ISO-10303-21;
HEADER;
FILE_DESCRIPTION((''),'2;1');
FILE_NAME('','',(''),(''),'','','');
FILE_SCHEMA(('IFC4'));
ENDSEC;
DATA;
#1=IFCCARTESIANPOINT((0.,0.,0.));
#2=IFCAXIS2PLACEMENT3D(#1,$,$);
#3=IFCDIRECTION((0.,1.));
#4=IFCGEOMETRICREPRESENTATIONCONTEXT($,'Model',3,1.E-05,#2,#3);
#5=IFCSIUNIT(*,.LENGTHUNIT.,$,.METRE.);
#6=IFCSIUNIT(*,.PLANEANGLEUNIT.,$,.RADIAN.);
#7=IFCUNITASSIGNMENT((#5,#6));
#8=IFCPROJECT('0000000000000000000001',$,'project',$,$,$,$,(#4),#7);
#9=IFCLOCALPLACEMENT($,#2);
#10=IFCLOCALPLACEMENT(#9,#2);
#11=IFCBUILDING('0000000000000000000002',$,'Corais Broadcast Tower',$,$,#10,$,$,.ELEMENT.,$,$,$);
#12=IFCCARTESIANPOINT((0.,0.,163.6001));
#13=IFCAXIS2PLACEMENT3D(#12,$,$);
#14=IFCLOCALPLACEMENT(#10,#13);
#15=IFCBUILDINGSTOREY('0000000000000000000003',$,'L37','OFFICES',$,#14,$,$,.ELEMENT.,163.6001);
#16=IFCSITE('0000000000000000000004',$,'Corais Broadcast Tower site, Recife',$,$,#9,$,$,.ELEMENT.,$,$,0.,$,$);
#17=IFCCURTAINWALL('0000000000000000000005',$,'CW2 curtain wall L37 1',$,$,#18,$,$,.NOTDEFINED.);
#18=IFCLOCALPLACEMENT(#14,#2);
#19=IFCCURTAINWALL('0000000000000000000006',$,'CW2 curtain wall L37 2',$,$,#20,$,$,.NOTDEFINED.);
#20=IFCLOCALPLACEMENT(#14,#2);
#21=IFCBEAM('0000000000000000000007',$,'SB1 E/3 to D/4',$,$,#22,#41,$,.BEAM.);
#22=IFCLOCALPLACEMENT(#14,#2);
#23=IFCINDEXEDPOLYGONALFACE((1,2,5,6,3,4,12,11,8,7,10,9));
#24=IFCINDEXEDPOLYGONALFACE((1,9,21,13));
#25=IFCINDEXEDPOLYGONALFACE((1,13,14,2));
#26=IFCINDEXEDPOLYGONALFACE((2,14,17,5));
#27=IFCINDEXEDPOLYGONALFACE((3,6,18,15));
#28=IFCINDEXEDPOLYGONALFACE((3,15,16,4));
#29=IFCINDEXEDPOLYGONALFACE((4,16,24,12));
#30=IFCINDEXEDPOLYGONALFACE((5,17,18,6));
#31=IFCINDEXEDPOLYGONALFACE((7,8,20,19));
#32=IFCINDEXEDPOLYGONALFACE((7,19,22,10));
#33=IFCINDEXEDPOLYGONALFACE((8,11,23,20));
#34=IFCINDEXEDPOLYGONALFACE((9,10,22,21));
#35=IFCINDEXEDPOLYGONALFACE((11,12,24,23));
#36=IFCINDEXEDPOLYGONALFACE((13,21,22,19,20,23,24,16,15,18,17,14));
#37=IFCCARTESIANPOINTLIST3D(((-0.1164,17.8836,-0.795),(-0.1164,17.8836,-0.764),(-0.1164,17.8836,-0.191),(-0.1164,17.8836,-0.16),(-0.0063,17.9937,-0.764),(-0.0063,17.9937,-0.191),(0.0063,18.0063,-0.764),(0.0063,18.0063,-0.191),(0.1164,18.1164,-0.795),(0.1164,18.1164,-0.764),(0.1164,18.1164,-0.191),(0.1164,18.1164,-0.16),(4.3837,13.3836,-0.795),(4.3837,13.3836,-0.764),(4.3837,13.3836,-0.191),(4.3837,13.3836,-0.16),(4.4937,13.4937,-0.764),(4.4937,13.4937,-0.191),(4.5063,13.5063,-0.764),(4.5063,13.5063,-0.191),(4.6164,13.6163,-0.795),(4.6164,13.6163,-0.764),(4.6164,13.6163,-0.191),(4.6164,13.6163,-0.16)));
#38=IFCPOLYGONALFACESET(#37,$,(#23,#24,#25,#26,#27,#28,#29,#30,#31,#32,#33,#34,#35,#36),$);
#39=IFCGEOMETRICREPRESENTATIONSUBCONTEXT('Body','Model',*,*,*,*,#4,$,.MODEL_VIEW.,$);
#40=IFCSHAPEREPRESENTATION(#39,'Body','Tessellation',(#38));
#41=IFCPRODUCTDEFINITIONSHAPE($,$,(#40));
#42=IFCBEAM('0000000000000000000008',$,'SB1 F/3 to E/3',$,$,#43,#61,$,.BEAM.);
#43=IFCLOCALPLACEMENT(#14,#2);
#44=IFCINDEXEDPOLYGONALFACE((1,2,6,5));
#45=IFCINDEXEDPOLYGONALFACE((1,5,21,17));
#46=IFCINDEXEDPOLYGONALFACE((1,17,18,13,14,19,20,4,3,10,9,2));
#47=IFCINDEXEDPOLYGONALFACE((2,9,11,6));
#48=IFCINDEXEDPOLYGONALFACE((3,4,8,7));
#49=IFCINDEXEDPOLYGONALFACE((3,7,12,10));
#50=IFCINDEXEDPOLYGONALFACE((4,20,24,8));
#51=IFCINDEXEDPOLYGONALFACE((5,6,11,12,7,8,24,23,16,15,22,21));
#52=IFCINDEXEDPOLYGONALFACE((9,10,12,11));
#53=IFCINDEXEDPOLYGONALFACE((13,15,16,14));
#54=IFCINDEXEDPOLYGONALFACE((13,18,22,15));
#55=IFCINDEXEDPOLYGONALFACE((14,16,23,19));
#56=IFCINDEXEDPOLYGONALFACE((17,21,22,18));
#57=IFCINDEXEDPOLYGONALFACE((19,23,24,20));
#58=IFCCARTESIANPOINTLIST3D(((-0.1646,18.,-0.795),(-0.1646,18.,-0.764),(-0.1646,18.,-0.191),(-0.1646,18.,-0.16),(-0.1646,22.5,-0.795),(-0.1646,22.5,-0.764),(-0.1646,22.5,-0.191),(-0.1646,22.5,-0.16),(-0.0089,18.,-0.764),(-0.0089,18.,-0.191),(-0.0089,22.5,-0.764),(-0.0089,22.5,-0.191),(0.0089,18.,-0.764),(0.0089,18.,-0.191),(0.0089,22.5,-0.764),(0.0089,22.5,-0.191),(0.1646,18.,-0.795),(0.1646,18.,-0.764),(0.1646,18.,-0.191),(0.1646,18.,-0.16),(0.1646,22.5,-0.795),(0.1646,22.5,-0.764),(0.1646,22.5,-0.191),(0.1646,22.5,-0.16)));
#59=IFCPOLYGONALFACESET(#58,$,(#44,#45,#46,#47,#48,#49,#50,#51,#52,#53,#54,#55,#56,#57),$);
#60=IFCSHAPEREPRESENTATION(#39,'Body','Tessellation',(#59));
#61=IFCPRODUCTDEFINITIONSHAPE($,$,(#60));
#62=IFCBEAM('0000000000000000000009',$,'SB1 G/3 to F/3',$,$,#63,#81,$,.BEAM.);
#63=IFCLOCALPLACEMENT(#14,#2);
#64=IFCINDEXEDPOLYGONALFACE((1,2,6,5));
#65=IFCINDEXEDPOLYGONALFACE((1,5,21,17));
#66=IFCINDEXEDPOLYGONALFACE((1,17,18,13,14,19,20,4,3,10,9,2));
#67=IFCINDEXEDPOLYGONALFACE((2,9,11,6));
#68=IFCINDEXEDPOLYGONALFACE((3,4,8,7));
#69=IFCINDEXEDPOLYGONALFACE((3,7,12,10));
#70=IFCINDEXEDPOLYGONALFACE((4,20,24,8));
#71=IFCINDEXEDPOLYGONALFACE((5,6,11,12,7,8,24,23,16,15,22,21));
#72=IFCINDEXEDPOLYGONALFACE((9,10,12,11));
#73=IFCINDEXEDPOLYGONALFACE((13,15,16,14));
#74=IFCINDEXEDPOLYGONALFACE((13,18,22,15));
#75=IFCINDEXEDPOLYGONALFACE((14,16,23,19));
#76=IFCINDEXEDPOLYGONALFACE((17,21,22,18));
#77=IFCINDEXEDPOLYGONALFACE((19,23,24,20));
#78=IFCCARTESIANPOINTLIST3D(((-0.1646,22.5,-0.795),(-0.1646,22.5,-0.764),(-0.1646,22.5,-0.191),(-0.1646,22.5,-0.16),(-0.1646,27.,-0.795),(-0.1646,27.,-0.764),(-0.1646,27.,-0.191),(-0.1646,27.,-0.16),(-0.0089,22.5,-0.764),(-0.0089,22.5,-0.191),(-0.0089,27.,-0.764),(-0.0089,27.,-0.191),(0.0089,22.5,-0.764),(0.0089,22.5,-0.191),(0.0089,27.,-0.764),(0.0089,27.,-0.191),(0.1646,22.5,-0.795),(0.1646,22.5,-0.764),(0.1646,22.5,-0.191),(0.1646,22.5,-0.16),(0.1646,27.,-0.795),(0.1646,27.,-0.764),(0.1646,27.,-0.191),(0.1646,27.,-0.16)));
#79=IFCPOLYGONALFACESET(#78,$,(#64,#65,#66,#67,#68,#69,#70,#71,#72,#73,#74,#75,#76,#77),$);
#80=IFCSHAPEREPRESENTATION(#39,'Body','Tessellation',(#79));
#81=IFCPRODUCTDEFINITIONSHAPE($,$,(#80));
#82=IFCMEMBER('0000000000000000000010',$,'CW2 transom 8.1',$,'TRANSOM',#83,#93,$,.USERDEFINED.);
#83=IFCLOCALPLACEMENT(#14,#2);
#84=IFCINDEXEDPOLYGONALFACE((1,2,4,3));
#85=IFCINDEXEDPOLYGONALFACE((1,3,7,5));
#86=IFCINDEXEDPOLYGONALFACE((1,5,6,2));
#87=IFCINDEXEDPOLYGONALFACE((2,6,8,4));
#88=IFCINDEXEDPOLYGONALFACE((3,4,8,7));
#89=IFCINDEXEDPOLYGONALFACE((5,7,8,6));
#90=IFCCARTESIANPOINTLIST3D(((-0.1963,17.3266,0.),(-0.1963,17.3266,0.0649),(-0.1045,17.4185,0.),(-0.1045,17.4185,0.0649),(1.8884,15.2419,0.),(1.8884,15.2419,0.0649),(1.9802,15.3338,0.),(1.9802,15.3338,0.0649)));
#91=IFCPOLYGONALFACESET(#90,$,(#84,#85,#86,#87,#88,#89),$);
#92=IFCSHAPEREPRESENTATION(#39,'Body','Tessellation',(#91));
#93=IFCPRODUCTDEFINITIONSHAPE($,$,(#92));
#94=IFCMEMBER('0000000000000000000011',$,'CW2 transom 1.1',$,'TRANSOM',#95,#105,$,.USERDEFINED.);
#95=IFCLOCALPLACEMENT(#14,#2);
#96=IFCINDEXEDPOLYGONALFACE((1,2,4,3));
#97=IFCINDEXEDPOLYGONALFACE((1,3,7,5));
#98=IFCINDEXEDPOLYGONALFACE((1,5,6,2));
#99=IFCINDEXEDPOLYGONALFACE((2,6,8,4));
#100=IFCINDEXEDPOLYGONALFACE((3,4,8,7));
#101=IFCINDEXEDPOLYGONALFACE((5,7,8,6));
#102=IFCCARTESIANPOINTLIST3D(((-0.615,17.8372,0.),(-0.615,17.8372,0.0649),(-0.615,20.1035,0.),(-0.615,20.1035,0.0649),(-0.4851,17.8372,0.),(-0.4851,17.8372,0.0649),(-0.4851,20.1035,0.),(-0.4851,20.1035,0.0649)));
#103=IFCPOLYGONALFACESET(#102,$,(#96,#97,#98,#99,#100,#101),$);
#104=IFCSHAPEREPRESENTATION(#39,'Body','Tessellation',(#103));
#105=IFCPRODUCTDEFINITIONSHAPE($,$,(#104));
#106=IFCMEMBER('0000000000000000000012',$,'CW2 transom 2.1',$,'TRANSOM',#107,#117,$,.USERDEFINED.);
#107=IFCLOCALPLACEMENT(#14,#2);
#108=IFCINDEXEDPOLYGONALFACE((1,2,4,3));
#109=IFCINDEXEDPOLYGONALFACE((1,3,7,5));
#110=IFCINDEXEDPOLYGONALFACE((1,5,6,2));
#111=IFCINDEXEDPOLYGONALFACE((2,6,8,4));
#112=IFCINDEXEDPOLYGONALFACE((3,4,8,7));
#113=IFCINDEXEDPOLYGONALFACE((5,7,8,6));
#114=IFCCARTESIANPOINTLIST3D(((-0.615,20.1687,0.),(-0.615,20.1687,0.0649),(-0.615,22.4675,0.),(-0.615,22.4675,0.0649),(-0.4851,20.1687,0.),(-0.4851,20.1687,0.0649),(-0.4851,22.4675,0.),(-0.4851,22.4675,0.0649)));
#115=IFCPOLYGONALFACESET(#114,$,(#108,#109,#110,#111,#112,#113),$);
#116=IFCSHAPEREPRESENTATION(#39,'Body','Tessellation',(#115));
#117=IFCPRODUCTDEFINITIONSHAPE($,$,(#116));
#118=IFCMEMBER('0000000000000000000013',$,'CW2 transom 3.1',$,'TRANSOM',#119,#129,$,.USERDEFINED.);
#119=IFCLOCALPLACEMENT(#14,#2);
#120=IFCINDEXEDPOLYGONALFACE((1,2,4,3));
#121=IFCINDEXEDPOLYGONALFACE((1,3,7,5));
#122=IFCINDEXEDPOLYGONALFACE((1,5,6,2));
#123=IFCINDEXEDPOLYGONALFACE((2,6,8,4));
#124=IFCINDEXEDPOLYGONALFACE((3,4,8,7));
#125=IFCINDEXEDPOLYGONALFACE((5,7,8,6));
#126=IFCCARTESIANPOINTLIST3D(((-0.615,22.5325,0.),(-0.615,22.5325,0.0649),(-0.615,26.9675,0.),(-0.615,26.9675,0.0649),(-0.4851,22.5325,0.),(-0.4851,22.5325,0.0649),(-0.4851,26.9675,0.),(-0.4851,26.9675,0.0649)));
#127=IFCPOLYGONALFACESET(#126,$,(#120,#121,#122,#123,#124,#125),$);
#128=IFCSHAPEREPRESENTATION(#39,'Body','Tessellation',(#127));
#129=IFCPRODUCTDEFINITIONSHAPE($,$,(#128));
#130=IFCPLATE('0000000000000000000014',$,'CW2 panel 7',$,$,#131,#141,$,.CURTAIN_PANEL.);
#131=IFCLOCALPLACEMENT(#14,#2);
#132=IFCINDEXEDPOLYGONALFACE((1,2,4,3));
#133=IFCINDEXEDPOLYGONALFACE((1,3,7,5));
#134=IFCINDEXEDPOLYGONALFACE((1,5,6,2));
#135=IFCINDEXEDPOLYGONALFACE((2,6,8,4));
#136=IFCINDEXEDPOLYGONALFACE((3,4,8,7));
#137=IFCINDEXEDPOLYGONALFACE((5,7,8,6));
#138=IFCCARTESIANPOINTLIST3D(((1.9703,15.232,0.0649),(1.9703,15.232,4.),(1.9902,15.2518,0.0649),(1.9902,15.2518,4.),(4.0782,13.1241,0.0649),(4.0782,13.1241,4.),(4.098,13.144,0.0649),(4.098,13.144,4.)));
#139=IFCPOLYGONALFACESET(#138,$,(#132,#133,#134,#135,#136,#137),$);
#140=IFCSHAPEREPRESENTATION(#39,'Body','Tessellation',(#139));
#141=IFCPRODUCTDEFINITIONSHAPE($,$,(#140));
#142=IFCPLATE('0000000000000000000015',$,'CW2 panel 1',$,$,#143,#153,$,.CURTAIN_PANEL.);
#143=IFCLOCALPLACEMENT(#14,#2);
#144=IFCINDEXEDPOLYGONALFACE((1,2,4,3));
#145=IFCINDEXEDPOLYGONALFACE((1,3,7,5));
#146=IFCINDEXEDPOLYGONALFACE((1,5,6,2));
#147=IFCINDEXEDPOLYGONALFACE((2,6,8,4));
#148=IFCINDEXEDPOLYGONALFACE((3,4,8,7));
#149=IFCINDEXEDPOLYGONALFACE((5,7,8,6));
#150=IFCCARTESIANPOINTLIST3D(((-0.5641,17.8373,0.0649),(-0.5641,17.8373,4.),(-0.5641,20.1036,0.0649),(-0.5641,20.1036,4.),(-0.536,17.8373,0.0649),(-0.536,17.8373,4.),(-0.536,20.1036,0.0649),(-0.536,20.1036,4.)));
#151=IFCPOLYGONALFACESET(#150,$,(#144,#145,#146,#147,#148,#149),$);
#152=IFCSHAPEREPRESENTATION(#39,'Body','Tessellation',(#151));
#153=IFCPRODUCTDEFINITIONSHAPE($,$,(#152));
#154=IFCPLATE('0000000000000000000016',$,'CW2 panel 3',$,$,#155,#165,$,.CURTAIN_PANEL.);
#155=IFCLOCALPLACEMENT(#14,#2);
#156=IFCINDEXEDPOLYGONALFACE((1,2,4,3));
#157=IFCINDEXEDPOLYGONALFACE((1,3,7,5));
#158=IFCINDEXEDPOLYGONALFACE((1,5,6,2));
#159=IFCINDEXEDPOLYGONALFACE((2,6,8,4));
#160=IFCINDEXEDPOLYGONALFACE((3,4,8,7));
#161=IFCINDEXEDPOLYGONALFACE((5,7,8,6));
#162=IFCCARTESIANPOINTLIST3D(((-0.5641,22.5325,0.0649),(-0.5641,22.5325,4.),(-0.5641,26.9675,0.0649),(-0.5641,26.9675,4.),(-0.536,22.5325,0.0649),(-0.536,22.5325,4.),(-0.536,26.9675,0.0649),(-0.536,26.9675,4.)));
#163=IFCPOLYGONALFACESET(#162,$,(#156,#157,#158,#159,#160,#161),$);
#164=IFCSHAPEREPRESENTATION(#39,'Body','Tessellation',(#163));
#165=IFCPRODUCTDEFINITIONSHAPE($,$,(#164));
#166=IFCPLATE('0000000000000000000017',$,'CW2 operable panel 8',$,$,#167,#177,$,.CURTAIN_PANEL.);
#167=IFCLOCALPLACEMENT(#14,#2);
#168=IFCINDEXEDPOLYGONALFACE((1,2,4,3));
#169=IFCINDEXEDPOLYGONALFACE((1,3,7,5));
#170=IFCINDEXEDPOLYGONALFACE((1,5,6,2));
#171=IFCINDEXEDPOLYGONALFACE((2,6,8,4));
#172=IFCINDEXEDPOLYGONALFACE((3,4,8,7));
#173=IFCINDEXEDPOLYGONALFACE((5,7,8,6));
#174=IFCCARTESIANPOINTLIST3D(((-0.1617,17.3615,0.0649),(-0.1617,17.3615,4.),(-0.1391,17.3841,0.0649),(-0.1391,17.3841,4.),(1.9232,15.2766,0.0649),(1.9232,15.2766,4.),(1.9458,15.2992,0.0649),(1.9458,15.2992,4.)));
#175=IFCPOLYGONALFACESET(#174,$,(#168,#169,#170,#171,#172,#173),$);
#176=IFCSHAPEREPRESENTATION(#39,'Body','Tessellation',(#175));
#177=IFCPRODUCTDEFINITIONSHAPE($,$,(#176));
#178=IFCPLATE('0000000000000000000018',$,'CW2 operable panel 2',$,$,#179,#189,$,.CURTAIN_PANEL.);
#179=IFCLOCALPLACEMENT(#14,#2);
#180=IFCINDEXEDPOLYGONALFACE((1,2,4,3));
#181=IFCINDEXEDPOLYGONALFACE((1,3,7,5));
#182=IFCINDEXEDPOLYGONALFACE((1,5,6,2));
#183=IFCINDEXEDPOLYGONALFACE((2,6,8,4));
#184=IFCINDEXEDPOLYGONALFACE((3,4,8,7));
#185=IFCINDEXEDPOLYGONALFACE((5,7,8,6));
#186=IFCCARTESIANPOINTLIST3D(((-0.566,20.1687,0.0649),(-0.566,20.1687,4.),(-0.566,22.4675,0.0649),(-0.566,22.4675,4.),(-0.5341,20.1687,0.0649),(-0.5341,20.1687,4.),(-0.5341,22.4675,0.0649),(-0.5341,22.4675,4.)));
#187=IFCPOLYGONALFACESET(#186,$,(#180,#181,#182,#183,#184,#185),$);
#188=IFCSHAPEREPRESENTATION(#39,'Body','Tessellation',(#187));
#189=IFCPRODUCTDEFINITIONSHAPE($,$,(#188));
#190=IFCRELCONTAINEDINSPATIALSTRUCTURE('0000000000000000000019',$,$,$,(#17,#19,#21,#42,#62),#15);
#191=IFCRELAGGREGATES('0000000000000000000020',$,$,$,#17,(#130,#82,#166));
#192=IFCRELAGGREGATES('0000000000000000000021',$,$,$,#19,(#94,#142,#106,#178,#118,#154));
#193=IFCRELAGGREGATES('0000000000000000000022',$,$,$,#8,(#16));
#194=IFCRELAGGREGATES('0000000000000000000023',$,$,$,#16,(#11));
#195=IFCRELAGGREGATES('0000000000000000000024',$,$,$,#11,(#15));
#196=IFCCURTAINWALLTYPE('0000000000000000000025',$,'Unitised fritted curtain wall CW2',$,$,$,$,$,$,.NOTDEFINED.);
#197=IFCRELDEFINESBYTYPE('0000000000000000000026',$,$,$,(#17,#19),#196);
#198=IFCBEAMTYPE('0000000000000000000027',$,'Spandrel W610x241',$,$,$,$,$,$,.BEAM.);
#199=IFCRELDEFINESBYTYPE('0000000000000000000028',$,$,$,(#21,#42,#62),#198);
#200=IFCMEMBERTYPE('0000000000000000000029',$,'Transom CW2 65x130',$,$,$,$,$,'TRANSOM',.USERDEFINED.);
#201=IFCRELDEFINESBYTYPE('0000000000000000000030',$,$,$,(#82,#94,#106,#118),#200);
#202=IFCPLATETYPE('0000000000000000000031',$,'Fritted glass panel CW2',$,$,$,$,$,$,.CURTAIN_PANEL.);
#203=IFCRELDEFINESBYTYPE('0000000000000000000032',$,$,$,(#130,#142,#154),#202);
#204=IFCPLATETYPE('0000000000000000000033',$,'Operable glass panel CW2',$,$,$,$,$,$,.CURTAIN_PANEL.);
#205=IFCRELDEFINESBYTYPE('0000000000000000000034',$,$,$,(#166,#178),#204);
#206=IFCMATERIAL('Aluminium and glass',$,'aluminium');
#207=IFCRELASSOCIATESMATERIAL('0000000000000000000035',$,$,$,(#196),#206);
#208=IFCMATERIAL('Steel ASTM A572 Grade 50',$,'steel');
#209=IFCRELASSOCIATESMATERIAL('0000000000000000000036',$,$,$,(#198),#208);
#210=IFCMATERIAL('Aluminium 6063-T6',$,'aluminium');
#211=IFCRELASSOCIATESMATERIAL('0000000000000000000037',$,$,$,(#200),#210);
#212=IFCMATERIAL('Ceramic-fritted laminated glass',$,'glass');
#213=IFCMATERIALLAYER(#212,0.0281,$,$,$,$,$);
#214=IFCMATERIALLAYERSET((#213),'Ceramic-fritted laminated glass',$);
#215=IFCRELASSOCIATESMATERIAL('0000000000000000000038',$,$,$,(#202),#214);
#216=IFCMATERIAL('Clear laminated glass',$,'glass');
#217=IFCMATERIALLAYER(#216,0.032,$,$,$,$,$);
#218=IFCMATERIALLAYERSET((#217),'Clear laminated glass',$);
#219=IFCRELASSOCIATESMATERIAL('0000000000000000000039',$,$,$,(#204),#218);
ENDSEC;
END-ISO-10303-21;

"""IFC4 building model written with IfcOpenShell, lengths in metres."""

from ifc_helpers import new_model, si_unit, direction, frame, origin, origin_2d, place, context, subcontext, project, spatial, rectangle, i_section, extrude, material, layer, layer_set, material_profile, profile_set, type_object, element, aggregate, save


model = new_model("IFC4")

# Units and contexts
model_context = context("Model", 3, precision=1e-05, world=origin(), true_north=direction((0.0, 1.0)))
body_context = subcontext(model_context, "Body", "Model", "MODEL_VIEW")
ifc_project = project(units=[si_unit("LENGTHUNIT", "METRE"), si_unit("PLANEANGLEUNIT", "RADIAN")], contexts=[model_context])

# Site, building, storey
site_placement = place(None, origin())
site = spatial("IfcSite", under=ifc_project, at=site_placement, Name="Corais Broadcast Tower site, Recife", CompositionType="ELEMENT", RefElevation=0.0)
building_placement = place(site_placement, origin())
building = spatial("IfcBuilding", under=site, at=building_placement, Name="Corais Broadcast Tower", CompositionType="ELEMENT")
storey_placement = place(building_placement, frame((0.0, 0.0, 163.6001)))
storey = spatial("IfcBuildingStorey", under=building, at=storey_placement, Name="L37", Description="OFFICES", CompositionType="ELEMENT", Elevation=163.6001)

# Curtain walls
ifc_material_1 = material(Name="Aluminium and glass", Category="aluminium")
curtain_wall_type = type_object("IfcCurtainWallType", Name="Unitised fritted curtain wall CW2", PredefinedType="NOTDEFINED", material=ifc_material_1)
curtain_wall_1_placement = place(storey_placement, origin())
curtain_wall_1 = element("IfcCurtainWall", 1, at=curtain_wall_1_placement, inside=storey, type_object=curtain_wall_type, Name="CW2 curtain wall L37 1", PredefinedType="NOTDEFINED")
curtain_wall_2_placement = place(storey_placement, origin())
curtain_wall_2 = element("IfcCurtainWall", 2, at=curtain_wall_2_placement, inside=storey, type_object=curtain_wall_type, Name="CW2 curtain wall L37 2", PredefinedType="NOTDEFINED")

# Beams
ifc_material_2 = material(Name="Steel ASTM A572 Grade 50", Category="steel")
ifc_material_profile_1 = material_profile(ifc_material_2, i_section(OverallWidth=0.3291, OverallDepth=0.635, WebThickness=0.0178, FlangeThickness=0.031, at=origin_2d()), Name="W610x241")
ifc_profile_set_1 = profile_set([ifc_material_profile_1], Name="Steel ASTM A572 Grade 50")
beam_type_1 = type_object("IfcBeamType", Name="Spandrel W610x241", PredefinedType="BEAM", material=ifc_profile_set_1)
beam_placement = place(storey_placement, frame((0.0, 18.0, -0.4775), z_axis=(0.707107, -0.707107, 0.0), x_axis=(0.707107, 0.707107, 0.0)))
element("IfcBeam", 3, at=beam_placement, inside=storey, type_object=beam_type_1, Name="SB1 E/3 to D/4", PredefinedType="BEAM", context=body_context, shape_type="SweptSolid", body=[
    extrude(i_section(OverallWidth=0.3291, OverallDepth=0.635, WebThickness=0.0178, FlangeThickness=0.031, at=origin_2d()), origin(), (0.0, 0.0, 1.0), 6.364),
])
for number, where, z_axis, x_axis, name in (
    (4, (0.0, 22.5, -0.4775), (0.0, -1.0, 0.0), (1.0, 0.0, 0.0), "SB1 F/3 to E/3"),
    (5, (0.0, 27.0, -0.4775), (0.0, -1.0, 0.0), (1.0, 0.0, 0.0), "SB1 G/3 to F/3"),
):
    element("IfcBeam", number, at=place(storey_placement, frame(where, z_axis=z_axis, x_axis=x_axis)), inside=storey, type_object=beam_type_1, Name=name, PredefinedType="BEAM", context=body_context, shape_type="SweptSolid", body=[
        extrude(i_section(OverallWidth=0.3291, OverallDepth=0.635, WebThickness=0.0178, FlangeThickness=0.031, at=origin_2d()), origin(), (0.0, 0.0, 1.0), 4.5),
    ])

# Members
ifc_material_3 = material(Name="Aluminium 6063-T6", Category="aluminium")
ifc_material_profile_2 = material_profile(ifc_material_3, rectangle(XDim=0.1299, YDim=0.0649, at=origin_2d()), Name="Transom CW2 65x130")
ifc_profile_set_2 = profile_set([ifc_material_profile_2], Name="Aluminium 6063-T6")
member_type_1 = type_object("IfcMemberType", Name="Transom CW2 65x130", ElementType="TRANSOM", PredefinedType="USERDEFINED", material=ifc_profile_set_2)
member_1_placement = place(storey_placement, frame((1.9343, 15.2878, 0.0325), z_axis=(-0.707107, 0.707107, 0.0), x_axis=(-0.707107, -0.707107, 0.0)))
member_1 = element("IfcMember", 6, at=member_1_placement, type_object=member_type_1, Name="CW2 transom 8.1", ObjectType="TRANSOM", PredefinedType="USERDEFINED", context=body_context, shape_type="SweptSolid", body=[
    extrude(rectangle(XDim=0.1299, YDim=0.0649, at=origin_2d()), origin(), (0.0, 0.0, 1.0), 2.9482),
])
member_2_placement = place(storey_placement, frame((-0.55, 17.8372, 0.0325), z_axis=(0.0, 1.0, 0.0), x_axis=(-1.0, 0.0, 0.0)))
member_2 = element("IfcMember", 7, at=member_2_placement, type_object=member_type_1, Name="CW2 transom 1.1", ObjectType="TRANSOM", PredefinedType="USERDEFINED", context=body_context, shape_type="SweptSolid", body=[
    extrude(rectangle(XDim=0.1299, YDim=0.0649, at=origin_2d()), origin(), (0.0, 0.0, 1.0), 2.2664),
])
member_3_placement = place(storey_placement, frame((-0.55, 20.1687, 0.0325), z_axis=(0.0, 1.0, 0.0), x_axis=(-1.0, 0.0, 0.0)))
member_3 = element("IfcMember", 8, at=member_3_placement, type_object=member_type_1, Name="CW2 transom 2.1", ObjectType="TRANSOM", PredefinedType="USERDEFINED", context=body_context, shape_type="SweptSolid", body=[
    extrude(rectangle(XDim=0.1299, YDim=0.0649, at=origin_2d()), origin(), (0.0, 0.0, 1.0), 2.2988),
])
member_4_placement = place(storey_placement, frame((-0.55, 22.5325, 0.0325), z_axis=(0.0, 1.0, 0.0), x_axis=(-1.0, 0.0, 0.0)))
member_4 = element("IfcMember", 9, at=member_4_placement, type_object=member_type_1, Name="CW2 transom 3.1", ObjectType="TRANSOM", PredefinedType="USERDEFINED", context=body_context, shape_type="SweptSolid", body=[
    extrude(rectangle(XDim=0.1299, YDim=0.0649, at=origin_2d()), origin(), (0.0, 0.0, 1.0), 4.4351),
])

# Plates
ifc_material_4 = material(Name="Ceramic-fritted laminated glass", Category="glass")
ifc_layer_1 = layer(ifc_material_4, 0.0281)
ifc_layer_set_1 = layer_set([ifc_layer_1], Name="Ceramic-fritted laminated glass")
plate_type_1 = type_object("IfcPlateType", Name="Fritted glass panel CW2", PredefinedType="CURTAIN_PANEL", material=ifc_layer_set_1)
plate_1_placement = place(storey_placement, frame((3.0342, 14.188, 0.0649), z_axis=(0.0, 0.0, 1.0), x_axis=(-0.707107, 0.707107, 0.0)))
plate_1 = element("IfcPlate", 10, at=plate_1_placement, type_object=plate_type_1, Name="CW2 panel 7", PredefinedType="CURTAIN_PANEL", context=body_context, shape_type="SweptSolid", body=[
    extrude(rectangle(XDim=2.981, YDim=0.0281, at=origin_2d()), origin(), (0.0, 0.0, 1.0), 3.9351),
])
plate_2_placement = place(storey_placement, frame((-0.55, 18.9705, 0.0649), z_axis=(0.0, 0.0, 1.0), x_axis=(0.0, 1.0, 0.0)))
plate_2 = element("IfcPlate", 11, at=plate_2_placement, type_object=plate_type_1, Name="CW2 panel 1", PredefinedType="CURTAIN_PANEL", context=body_context, shape_type="SweptSolid", body=[
    extrude(rectangle(XDim=2.2664, YDim=0.0281, at=origin_2d()), origin(), (0.0, 0.0, 1.0), 3.9351),
])
plate_3_placement = place(storey_placement, frame((-0.55, 24.75, 0.0649), z_axis=(0.0, 0.0, 1.0), x_axis=(0.0, 1.0, 0.0)))
plate_3 = element("IfcPlate", 12, at=plate_3_placement, type_object=plate_type_1, Name="CW2 panel 3", PredefinedType="CURTAIN_PANEL", context=body_context, shape_type="SweptSolid", body=[
    extrude(rectangle(XDim=4.4351, YDim=0.0281, at=origin_2d()), origin(), (0.0, 0.0, 1.0), 3.9351),
])
ifc_material_5 = material(Name="Clear laminated glass", Category="glass")
ifc_layer_2 = layer(ifc_material_5, 0.032)
ifc_layer_set_2 = layer_set([ifc_layer_2], Name="Clear laminated glass")
plate_type_2 = type_object("IfcPlateType", Name="Operable glass panel CW2", PredefinedType="CURTAIN_PANEL", material=ifc_layer_set_2)
plate_4_placement = place(storey_placement, frame((0.8921, 16.3303, 0.0649), z_axis=(0.0, 0.0, 1.0), x_axis=(-0.707107, 0.707107, 0.0)))
plate_4 = element("IfcPlate", 13, at=plate_4_placement, type_object=plate_type_2, Name="CW2 operable panel 8", PredefinedType="CURTAIN_PANEL", context=body_context, shape_type="SweptSolid", body=[
    extrude(rectangle(XDim=2.9485, YDim=0.032, at=origin_2d()), origin(), (0.0, 0.0, 1.0), 3.9351),
])
aggregate(curtain_wall_1, [plate_1, member_1, plate_4])
plate_5_placement = place(storey_placement, frame((-0.55, 21.3181, 0.0649), z_axis=(0.0, 0.0, 1.0), x_axis=(0.0, 1.0, 0.0)))
plate_5 = element("IfcPlate", 14, at=plate_5_placement, type_object=plate_type_2, Name="CW2 operable panel 2", PredefinedType="CURTAIN_PANEL", context=body_context, shape_type="SweptSolid", body=[
    extrude(rectangle(XDim=2.2988, YDim=0.032, at=origin_2d()), origin(), (0.0, 0.0, 1.0), 3.9351),
])
aggregate(curtain_wall_2, [member_2, plate_2, member_3, plate_5, member_4, plate_3])

save(model, "model.ifc")
